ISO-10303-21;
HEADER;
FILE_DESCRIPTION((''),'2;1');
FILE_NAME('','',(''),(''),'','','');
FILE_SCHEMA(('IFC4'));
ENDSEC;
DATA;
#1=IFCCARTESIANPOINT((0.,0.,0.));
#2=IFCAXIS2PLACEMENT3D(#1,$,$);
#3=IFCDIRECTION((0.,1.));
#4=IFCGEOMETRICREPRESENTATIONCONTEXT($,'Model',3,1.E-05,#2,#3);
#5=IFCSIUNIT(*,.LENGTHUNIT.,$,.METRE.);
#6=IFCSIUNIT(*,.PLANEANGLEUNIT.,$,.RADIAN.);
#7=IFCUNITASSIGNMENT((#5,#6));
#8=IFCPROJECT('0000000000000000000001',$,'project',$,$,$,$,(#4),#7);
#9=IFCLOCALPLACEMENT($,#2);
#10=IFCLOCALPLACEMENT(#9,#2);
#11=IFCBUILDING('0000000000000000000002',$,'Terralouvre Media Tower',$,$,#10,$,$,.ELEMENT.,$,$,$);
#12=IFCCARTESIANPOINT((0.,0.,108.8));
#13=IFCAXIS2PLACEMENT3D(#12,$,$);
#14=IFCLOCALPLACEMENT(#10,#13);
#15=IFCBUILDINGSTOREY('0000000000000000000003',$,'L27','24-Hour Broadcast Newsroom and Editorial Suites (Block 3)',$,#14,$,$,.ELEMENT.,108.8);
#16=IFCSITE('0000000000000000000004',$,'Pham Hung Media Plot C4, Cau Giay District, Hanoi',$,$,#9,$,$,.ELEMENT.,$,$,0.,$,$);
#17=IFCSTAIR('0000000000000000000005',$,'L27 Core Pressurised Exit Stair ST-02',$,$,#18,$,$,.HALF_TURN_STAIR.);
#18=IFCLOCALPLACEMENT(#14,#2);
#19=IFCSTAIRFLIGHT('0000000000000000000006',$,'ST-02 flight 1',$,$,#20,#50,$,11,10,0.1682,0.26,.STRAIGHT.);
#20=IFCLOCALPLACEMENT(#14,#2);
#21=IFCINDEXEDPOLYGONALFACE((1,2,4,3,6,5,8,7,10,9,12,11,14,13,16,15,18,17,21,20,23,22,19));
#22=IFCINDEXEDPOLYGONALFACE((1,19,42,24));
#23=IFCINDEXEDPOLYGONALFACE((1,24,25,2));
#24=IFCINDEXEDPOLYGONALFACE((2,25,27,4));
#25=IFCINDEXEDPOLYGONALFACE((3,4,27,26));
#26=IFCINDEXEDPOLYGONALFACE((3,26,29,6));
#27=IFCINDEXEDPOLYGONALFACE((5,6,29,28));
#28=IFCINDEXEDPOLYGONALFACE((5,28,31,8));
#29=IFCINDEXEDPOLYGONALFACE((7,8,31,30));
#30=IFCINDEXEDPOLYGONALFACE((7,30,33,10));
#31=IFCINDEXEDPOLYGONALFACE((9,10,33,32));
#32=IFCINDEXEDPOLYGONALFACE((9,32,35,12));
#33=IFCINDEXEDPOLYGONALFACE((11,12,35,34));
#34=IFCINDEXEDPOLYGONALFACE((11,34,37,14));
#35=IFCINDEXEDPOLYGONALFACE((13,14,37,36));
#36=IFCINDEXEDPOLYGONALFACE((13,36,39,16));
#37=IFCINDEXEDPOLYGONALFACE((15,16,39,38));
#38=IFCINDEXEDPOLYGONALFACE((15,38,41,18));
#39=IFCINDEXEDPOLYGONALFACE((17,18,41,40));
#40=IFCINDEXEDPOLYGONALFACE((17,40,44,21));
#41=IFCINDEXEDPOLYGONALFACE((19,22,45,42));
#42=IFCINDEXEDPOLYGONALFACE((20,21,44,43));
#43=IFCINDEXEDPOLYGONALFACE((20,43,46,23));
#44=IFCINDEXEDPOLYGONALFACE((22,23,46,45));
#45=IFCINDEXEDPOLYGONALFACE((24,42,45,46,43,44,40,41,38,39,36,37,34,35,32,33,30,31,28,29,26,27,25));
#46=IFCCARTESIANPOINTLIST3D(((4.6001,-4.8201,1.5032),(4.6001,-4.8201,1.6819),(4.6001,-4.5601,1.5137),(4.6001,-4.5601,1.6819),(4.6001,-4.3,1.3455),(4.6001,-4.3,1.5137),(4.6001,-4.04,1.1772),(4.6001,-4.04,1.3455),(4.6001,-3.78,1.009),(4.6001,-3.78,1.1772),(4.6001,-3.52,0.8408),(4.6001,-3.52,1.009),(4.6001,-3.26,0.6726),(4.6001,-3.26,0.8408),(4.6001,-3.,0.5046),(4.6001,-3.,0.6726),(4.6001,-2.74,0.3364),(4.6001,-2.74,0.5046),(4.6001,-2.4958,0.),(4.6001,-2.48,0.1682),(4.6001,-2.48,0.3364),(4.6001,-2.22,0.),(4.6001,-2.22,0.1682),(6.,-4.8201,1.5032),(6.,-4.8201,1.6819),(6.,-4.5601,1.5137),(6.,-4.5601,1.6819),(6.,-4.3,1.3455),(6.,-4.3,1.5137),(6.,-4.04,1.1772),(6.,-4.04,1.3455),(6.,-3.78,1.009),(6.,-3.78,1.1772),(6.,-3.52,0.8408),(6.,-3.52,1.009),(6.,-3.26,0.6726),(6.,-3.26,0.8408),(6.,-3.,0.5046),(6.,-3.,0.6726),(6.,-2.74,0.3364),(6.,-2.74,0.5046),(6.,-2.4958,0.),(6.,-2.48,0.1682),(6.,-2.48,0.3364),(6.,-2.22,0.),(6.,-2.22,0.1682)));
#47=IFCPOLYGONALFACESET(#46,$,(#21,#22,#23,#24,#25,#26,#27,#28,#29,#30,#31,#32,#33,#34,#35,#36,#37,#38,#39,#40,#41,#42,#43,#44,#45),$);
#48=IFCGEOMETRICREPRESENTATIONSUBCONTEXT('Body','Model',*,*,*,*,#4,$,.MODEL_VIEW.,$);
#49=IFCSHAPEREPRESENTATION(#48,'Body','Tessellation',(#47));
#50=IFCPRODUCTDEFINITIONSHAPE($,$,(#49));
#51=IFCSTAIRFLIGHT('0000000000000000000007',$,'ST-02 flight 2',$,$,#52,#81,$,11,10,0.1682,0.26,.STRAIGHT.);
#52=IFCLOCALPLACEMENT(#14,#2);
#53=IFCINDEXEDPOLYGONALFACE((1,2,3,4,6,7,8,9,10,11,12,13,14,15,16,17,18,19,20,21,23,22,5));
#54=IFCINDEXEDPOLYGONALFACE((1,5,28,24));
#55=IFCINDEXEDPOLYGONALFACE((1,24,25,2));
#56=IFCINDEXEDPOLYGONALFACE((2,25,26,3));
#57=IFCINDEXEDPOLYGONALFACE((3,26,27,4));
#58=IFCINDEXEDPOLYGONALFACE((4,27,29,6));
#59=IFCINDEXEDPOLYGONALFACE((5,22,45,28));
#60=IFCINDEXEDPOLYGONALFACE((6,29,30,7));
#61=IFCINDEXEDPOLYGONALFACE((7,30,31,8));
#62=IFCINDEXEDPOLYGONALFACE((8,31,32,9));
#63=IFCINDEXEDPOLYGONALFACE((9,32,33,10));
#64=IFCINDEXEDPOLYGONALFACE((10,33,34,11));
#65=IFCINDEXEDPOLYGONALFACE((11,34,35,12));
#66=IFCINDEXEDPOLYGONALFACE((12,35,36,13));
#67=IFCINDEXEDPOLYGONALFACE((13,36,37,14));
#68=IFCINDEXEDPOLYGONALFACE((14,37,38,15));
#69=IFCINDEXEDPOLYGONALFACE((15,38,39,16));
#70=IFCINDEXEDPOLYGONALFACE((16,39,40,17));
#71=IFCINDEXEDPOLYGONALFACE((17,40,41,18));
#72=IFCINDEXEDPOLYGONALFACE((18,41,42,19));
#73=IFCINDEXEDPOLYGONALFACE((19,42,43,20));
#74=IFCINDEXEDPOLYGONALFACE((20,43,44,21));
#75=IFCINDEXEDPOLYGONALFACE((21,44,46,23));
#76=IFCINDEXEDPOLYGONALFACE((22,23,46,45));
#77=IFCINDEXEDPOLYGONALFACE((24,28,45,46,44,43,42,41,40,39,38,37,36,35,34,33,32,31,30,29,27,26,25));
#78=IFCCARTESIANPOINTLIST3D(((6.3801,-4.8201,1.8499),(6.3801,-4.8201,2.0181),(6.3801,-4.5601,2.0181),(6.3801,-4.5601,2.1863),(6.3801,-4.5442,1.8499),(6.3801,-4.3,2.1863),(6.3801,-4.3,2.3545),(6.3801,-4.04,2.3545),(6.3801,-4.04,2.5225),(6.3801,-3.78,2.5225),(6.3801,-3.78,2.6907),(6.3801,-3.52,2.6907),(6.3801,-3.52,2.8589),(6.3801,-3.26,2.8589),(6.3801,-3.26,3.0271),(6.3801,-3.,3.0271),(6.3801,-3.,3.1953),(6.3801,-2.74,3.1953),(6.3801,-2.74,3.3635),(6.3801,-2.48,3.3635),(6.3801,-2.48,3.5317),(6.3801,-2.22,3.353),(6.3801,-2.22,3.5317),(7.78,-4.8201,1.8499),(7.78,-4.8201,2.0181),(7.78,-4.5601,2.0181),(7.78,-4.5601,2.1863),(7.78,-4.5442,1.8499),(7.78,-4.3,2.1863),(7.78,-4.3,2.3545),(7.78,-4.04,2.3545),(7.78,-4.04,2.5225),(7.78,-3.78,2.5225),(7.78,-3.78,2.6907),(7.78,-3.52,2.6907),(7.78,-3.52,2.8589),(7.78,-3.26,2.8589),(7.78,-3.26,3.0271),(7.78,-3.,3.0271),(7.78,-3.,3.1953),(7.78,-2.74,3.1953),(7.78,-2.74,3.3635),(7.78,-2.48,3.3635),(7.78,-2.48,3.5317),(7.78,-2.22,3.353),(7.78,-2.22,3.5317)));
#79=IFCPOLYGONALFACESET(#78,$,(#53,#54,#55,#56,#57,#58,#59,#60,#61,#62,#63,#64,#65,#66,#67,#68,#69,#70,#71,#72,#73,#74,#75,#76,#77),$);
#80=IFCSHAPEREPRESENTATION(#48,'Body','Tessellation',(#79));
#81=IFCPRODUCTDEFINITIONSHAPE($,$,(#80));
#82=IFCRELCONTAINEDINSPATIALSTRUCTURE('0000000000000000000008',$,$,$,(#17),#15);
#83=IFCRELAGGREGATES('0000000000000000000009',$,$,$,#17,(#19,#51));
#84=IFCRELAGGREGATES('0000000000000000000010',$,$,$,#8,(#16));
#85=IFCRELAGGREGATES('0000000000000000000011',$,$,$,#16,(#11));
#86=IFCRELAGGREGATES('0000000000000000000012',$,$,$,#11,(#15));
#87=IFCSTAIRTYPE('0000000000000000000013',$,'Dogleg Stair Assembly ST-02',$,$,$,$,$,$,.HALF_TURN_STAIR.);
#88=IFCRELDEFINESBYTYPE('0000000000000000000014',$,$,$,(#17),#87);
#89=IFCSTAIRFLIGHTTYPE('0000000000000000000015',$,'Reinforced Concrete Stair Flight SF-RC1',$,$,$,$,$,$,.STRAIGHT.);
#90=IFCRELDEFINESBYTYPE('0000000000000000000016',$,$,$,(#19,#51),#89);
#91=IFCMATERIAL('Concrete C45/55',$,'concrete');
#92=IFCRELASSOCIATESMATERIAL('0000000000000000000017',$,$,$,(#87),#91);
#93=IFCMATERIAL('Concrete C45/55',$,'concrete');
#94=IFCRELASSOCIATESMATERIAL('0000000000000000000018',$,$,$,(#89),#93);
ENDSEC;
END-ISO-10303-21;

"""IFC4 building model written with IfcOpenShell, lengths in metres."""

from ifc_helpers import new_model, si_unit, direction, frame, origin, place, context, subcontext, project, spatial, polyline, outline, extrude, material, type_object, element, aggregate, save


model = new_model("IFC4")

# Units and contexts
model_context = context("Model", 3, precision=1e-05, world=origin(), true_north=direction((0.0, 1.0)))
body_context = subcontext(model_context, "Body", "Model", "MODEL_VIEW")
ifc_project = project(units=[si_unit("LENGTHUNIT", "METRE"), si_unit("PLANEANGLEUNIT", "RADIAN")], contexts=[model_context])

# Site, building, storey
site_placement = place(None, origin())
site = spatial("IfcSite", under=ifc_project, at=site_placement, Name="Pham Hung Media Plot C4, Cau Giay District, Hanoi", CompositionType="ELEMENT", RefElevation=0.0)
building_placement = place(site_placement, origin())
building = spatial("IfcBuilding", under=site, at=building_placement, Name="Terralouvre Media Tower", CompositionType="ELEMENT")
storey_placement = place(building_placement, frame((0.0, 0.0, 108.8)))
storey = spatial("IfcBuildingStorey", under=building, at=storey_placement, Name="L27", Description="24-Hour Broadcast Newsroom and Editorial Suites (Block 3)", CompositionType="ELEMENT", Elevation=108.8)

# Stair, stair flights
ifc_material_1 = material(Name="Concrete C45/55", Category="concrete")
stair_type = type_object("IfcStairType", Name="Dogleg Stair Assembly ST-02", PredefinedType="HALF_TURN_STAIR", material=ifc_material_1)
stair_placement = place(storey_placement, origin())
stair = element("IfcStair", 1, at=stair_placement, inside=storey, type_object=stair_type, Name="L27 Core Pressurised Exit Stair ST-02", PredefinedType="HALF_TURN_STAIR")
ifc_material_2 = material(Name="Concrete C45/55", Category="concrete")
stair_flight_type = type_object("IfcStairFlightType", Name="Reinforced Concrete Stair Flight SF-RC1", PredefinedType="STRAIGHT", material=ifc_material_2)
stair_flight_1_placement = place(storey_placement, frame((5.3, -2.22, 0.0), z_axis=(0.0, 0.0, 1.0), x_axis=(0.0, -1.0, 0.0)))
stair_flight_1 = element("IfcStairFlight", 2, at=stair_flight_1_placement, type_object=stair_flight_type, Name="ST-02 flight 1", NumberOfRisers=11, NumberOfTreads=10, PredefinedType="STRAIGHT", RiserHeight=0.1682, TreadLength=0.26, context=body_context, shape_type="SweptSolid", body=[
    extrude(outline(polyline([(0.0, 0.0), (0.0, 0.1682), (0.26, 0.1682), (0.26, 0.3364), (0.52, 0.3364), (0.52, 0.5046), (0.78, 0.5046), (0.78, 0.6726), (1.04, 0.6726), (1.04, 0.8408), (1.3, 0.8408), (1.3, 1.009), (1.5601, 1.009), (1.5601, 1.1772), (1.8201, 1.1772), (1.8201, 1.3455), (2.0801, 1.3455), (2.0801, 1.5137), (2.3401, 1.5137), (2.3401, 1.6819), (2.6001, 1.6819), (2.6001, 1.8501), (2.6001, 1.5032), (0.2759, 0.0), (0.0, 0.0)])), frame((0.0, 0.7, 0.0), z_axis=(0.0, -1.0, 0.0), x_axis=(1.0, 0.0, 0.0)), (0.0, 0.0, 1.0), 1.3999),
])
stair_flight_2_placement = place(storey_placement, frame((7.0801, -4.8201, 1.8499), z_axis=(0.0, 0.0, 1.0), x_axis=(0.0, 1.0, 0.0)))
stair_flight_2 = element("IfcStairFlight", 3, at=stair_flight_2_placement, type_object=stair_flight_type, Name="ST-02 flight 2", NumberOfRisers=11, NumberOfTreads=10, PredefinedType="STRAIGHT", RiserHeight=0.1682, TreadLength=0.26, context=body_context, shape_type="SweptSolid", body=[
    extrude(outline(polyline([(0.0, 0.0), (0.0, 0.1682), (0.26, 0.1682), (0.26, 0.3364), (0.52, 0.3364), (0.52, 0.5046), (0.78, 0.5046), (0.78, 0.6726), (1.04, 0.6726), (1.04, 0.8408), (1.3, 0.8408), (1.3, 1.009), (1.5601, 1.009), (1.5601, 1.1772), (1.8201, 1.1772), (1.8201, 1.3455), (2.0801, 1.3455), (2.0801, 1.5137), (2.3401, 1.5137), (2.3401, 1.6819), (2.6001, 1.6819), (2.6001, 1.8501), (2.6001, 1.5032), (0.2759, 0.0), (0.0, 0.0)])), frame((0.0, 0.7, 0.0), z_axis=(0.0, -1.0, 0.0), x_axis=(1.0, 0.0, 0.0)), (0.0, 0.0, 1.0), 1.3999),
])
aggregate(stair, [stair_flight_1, stair_flight_2])

save(model, "model.ifc")
